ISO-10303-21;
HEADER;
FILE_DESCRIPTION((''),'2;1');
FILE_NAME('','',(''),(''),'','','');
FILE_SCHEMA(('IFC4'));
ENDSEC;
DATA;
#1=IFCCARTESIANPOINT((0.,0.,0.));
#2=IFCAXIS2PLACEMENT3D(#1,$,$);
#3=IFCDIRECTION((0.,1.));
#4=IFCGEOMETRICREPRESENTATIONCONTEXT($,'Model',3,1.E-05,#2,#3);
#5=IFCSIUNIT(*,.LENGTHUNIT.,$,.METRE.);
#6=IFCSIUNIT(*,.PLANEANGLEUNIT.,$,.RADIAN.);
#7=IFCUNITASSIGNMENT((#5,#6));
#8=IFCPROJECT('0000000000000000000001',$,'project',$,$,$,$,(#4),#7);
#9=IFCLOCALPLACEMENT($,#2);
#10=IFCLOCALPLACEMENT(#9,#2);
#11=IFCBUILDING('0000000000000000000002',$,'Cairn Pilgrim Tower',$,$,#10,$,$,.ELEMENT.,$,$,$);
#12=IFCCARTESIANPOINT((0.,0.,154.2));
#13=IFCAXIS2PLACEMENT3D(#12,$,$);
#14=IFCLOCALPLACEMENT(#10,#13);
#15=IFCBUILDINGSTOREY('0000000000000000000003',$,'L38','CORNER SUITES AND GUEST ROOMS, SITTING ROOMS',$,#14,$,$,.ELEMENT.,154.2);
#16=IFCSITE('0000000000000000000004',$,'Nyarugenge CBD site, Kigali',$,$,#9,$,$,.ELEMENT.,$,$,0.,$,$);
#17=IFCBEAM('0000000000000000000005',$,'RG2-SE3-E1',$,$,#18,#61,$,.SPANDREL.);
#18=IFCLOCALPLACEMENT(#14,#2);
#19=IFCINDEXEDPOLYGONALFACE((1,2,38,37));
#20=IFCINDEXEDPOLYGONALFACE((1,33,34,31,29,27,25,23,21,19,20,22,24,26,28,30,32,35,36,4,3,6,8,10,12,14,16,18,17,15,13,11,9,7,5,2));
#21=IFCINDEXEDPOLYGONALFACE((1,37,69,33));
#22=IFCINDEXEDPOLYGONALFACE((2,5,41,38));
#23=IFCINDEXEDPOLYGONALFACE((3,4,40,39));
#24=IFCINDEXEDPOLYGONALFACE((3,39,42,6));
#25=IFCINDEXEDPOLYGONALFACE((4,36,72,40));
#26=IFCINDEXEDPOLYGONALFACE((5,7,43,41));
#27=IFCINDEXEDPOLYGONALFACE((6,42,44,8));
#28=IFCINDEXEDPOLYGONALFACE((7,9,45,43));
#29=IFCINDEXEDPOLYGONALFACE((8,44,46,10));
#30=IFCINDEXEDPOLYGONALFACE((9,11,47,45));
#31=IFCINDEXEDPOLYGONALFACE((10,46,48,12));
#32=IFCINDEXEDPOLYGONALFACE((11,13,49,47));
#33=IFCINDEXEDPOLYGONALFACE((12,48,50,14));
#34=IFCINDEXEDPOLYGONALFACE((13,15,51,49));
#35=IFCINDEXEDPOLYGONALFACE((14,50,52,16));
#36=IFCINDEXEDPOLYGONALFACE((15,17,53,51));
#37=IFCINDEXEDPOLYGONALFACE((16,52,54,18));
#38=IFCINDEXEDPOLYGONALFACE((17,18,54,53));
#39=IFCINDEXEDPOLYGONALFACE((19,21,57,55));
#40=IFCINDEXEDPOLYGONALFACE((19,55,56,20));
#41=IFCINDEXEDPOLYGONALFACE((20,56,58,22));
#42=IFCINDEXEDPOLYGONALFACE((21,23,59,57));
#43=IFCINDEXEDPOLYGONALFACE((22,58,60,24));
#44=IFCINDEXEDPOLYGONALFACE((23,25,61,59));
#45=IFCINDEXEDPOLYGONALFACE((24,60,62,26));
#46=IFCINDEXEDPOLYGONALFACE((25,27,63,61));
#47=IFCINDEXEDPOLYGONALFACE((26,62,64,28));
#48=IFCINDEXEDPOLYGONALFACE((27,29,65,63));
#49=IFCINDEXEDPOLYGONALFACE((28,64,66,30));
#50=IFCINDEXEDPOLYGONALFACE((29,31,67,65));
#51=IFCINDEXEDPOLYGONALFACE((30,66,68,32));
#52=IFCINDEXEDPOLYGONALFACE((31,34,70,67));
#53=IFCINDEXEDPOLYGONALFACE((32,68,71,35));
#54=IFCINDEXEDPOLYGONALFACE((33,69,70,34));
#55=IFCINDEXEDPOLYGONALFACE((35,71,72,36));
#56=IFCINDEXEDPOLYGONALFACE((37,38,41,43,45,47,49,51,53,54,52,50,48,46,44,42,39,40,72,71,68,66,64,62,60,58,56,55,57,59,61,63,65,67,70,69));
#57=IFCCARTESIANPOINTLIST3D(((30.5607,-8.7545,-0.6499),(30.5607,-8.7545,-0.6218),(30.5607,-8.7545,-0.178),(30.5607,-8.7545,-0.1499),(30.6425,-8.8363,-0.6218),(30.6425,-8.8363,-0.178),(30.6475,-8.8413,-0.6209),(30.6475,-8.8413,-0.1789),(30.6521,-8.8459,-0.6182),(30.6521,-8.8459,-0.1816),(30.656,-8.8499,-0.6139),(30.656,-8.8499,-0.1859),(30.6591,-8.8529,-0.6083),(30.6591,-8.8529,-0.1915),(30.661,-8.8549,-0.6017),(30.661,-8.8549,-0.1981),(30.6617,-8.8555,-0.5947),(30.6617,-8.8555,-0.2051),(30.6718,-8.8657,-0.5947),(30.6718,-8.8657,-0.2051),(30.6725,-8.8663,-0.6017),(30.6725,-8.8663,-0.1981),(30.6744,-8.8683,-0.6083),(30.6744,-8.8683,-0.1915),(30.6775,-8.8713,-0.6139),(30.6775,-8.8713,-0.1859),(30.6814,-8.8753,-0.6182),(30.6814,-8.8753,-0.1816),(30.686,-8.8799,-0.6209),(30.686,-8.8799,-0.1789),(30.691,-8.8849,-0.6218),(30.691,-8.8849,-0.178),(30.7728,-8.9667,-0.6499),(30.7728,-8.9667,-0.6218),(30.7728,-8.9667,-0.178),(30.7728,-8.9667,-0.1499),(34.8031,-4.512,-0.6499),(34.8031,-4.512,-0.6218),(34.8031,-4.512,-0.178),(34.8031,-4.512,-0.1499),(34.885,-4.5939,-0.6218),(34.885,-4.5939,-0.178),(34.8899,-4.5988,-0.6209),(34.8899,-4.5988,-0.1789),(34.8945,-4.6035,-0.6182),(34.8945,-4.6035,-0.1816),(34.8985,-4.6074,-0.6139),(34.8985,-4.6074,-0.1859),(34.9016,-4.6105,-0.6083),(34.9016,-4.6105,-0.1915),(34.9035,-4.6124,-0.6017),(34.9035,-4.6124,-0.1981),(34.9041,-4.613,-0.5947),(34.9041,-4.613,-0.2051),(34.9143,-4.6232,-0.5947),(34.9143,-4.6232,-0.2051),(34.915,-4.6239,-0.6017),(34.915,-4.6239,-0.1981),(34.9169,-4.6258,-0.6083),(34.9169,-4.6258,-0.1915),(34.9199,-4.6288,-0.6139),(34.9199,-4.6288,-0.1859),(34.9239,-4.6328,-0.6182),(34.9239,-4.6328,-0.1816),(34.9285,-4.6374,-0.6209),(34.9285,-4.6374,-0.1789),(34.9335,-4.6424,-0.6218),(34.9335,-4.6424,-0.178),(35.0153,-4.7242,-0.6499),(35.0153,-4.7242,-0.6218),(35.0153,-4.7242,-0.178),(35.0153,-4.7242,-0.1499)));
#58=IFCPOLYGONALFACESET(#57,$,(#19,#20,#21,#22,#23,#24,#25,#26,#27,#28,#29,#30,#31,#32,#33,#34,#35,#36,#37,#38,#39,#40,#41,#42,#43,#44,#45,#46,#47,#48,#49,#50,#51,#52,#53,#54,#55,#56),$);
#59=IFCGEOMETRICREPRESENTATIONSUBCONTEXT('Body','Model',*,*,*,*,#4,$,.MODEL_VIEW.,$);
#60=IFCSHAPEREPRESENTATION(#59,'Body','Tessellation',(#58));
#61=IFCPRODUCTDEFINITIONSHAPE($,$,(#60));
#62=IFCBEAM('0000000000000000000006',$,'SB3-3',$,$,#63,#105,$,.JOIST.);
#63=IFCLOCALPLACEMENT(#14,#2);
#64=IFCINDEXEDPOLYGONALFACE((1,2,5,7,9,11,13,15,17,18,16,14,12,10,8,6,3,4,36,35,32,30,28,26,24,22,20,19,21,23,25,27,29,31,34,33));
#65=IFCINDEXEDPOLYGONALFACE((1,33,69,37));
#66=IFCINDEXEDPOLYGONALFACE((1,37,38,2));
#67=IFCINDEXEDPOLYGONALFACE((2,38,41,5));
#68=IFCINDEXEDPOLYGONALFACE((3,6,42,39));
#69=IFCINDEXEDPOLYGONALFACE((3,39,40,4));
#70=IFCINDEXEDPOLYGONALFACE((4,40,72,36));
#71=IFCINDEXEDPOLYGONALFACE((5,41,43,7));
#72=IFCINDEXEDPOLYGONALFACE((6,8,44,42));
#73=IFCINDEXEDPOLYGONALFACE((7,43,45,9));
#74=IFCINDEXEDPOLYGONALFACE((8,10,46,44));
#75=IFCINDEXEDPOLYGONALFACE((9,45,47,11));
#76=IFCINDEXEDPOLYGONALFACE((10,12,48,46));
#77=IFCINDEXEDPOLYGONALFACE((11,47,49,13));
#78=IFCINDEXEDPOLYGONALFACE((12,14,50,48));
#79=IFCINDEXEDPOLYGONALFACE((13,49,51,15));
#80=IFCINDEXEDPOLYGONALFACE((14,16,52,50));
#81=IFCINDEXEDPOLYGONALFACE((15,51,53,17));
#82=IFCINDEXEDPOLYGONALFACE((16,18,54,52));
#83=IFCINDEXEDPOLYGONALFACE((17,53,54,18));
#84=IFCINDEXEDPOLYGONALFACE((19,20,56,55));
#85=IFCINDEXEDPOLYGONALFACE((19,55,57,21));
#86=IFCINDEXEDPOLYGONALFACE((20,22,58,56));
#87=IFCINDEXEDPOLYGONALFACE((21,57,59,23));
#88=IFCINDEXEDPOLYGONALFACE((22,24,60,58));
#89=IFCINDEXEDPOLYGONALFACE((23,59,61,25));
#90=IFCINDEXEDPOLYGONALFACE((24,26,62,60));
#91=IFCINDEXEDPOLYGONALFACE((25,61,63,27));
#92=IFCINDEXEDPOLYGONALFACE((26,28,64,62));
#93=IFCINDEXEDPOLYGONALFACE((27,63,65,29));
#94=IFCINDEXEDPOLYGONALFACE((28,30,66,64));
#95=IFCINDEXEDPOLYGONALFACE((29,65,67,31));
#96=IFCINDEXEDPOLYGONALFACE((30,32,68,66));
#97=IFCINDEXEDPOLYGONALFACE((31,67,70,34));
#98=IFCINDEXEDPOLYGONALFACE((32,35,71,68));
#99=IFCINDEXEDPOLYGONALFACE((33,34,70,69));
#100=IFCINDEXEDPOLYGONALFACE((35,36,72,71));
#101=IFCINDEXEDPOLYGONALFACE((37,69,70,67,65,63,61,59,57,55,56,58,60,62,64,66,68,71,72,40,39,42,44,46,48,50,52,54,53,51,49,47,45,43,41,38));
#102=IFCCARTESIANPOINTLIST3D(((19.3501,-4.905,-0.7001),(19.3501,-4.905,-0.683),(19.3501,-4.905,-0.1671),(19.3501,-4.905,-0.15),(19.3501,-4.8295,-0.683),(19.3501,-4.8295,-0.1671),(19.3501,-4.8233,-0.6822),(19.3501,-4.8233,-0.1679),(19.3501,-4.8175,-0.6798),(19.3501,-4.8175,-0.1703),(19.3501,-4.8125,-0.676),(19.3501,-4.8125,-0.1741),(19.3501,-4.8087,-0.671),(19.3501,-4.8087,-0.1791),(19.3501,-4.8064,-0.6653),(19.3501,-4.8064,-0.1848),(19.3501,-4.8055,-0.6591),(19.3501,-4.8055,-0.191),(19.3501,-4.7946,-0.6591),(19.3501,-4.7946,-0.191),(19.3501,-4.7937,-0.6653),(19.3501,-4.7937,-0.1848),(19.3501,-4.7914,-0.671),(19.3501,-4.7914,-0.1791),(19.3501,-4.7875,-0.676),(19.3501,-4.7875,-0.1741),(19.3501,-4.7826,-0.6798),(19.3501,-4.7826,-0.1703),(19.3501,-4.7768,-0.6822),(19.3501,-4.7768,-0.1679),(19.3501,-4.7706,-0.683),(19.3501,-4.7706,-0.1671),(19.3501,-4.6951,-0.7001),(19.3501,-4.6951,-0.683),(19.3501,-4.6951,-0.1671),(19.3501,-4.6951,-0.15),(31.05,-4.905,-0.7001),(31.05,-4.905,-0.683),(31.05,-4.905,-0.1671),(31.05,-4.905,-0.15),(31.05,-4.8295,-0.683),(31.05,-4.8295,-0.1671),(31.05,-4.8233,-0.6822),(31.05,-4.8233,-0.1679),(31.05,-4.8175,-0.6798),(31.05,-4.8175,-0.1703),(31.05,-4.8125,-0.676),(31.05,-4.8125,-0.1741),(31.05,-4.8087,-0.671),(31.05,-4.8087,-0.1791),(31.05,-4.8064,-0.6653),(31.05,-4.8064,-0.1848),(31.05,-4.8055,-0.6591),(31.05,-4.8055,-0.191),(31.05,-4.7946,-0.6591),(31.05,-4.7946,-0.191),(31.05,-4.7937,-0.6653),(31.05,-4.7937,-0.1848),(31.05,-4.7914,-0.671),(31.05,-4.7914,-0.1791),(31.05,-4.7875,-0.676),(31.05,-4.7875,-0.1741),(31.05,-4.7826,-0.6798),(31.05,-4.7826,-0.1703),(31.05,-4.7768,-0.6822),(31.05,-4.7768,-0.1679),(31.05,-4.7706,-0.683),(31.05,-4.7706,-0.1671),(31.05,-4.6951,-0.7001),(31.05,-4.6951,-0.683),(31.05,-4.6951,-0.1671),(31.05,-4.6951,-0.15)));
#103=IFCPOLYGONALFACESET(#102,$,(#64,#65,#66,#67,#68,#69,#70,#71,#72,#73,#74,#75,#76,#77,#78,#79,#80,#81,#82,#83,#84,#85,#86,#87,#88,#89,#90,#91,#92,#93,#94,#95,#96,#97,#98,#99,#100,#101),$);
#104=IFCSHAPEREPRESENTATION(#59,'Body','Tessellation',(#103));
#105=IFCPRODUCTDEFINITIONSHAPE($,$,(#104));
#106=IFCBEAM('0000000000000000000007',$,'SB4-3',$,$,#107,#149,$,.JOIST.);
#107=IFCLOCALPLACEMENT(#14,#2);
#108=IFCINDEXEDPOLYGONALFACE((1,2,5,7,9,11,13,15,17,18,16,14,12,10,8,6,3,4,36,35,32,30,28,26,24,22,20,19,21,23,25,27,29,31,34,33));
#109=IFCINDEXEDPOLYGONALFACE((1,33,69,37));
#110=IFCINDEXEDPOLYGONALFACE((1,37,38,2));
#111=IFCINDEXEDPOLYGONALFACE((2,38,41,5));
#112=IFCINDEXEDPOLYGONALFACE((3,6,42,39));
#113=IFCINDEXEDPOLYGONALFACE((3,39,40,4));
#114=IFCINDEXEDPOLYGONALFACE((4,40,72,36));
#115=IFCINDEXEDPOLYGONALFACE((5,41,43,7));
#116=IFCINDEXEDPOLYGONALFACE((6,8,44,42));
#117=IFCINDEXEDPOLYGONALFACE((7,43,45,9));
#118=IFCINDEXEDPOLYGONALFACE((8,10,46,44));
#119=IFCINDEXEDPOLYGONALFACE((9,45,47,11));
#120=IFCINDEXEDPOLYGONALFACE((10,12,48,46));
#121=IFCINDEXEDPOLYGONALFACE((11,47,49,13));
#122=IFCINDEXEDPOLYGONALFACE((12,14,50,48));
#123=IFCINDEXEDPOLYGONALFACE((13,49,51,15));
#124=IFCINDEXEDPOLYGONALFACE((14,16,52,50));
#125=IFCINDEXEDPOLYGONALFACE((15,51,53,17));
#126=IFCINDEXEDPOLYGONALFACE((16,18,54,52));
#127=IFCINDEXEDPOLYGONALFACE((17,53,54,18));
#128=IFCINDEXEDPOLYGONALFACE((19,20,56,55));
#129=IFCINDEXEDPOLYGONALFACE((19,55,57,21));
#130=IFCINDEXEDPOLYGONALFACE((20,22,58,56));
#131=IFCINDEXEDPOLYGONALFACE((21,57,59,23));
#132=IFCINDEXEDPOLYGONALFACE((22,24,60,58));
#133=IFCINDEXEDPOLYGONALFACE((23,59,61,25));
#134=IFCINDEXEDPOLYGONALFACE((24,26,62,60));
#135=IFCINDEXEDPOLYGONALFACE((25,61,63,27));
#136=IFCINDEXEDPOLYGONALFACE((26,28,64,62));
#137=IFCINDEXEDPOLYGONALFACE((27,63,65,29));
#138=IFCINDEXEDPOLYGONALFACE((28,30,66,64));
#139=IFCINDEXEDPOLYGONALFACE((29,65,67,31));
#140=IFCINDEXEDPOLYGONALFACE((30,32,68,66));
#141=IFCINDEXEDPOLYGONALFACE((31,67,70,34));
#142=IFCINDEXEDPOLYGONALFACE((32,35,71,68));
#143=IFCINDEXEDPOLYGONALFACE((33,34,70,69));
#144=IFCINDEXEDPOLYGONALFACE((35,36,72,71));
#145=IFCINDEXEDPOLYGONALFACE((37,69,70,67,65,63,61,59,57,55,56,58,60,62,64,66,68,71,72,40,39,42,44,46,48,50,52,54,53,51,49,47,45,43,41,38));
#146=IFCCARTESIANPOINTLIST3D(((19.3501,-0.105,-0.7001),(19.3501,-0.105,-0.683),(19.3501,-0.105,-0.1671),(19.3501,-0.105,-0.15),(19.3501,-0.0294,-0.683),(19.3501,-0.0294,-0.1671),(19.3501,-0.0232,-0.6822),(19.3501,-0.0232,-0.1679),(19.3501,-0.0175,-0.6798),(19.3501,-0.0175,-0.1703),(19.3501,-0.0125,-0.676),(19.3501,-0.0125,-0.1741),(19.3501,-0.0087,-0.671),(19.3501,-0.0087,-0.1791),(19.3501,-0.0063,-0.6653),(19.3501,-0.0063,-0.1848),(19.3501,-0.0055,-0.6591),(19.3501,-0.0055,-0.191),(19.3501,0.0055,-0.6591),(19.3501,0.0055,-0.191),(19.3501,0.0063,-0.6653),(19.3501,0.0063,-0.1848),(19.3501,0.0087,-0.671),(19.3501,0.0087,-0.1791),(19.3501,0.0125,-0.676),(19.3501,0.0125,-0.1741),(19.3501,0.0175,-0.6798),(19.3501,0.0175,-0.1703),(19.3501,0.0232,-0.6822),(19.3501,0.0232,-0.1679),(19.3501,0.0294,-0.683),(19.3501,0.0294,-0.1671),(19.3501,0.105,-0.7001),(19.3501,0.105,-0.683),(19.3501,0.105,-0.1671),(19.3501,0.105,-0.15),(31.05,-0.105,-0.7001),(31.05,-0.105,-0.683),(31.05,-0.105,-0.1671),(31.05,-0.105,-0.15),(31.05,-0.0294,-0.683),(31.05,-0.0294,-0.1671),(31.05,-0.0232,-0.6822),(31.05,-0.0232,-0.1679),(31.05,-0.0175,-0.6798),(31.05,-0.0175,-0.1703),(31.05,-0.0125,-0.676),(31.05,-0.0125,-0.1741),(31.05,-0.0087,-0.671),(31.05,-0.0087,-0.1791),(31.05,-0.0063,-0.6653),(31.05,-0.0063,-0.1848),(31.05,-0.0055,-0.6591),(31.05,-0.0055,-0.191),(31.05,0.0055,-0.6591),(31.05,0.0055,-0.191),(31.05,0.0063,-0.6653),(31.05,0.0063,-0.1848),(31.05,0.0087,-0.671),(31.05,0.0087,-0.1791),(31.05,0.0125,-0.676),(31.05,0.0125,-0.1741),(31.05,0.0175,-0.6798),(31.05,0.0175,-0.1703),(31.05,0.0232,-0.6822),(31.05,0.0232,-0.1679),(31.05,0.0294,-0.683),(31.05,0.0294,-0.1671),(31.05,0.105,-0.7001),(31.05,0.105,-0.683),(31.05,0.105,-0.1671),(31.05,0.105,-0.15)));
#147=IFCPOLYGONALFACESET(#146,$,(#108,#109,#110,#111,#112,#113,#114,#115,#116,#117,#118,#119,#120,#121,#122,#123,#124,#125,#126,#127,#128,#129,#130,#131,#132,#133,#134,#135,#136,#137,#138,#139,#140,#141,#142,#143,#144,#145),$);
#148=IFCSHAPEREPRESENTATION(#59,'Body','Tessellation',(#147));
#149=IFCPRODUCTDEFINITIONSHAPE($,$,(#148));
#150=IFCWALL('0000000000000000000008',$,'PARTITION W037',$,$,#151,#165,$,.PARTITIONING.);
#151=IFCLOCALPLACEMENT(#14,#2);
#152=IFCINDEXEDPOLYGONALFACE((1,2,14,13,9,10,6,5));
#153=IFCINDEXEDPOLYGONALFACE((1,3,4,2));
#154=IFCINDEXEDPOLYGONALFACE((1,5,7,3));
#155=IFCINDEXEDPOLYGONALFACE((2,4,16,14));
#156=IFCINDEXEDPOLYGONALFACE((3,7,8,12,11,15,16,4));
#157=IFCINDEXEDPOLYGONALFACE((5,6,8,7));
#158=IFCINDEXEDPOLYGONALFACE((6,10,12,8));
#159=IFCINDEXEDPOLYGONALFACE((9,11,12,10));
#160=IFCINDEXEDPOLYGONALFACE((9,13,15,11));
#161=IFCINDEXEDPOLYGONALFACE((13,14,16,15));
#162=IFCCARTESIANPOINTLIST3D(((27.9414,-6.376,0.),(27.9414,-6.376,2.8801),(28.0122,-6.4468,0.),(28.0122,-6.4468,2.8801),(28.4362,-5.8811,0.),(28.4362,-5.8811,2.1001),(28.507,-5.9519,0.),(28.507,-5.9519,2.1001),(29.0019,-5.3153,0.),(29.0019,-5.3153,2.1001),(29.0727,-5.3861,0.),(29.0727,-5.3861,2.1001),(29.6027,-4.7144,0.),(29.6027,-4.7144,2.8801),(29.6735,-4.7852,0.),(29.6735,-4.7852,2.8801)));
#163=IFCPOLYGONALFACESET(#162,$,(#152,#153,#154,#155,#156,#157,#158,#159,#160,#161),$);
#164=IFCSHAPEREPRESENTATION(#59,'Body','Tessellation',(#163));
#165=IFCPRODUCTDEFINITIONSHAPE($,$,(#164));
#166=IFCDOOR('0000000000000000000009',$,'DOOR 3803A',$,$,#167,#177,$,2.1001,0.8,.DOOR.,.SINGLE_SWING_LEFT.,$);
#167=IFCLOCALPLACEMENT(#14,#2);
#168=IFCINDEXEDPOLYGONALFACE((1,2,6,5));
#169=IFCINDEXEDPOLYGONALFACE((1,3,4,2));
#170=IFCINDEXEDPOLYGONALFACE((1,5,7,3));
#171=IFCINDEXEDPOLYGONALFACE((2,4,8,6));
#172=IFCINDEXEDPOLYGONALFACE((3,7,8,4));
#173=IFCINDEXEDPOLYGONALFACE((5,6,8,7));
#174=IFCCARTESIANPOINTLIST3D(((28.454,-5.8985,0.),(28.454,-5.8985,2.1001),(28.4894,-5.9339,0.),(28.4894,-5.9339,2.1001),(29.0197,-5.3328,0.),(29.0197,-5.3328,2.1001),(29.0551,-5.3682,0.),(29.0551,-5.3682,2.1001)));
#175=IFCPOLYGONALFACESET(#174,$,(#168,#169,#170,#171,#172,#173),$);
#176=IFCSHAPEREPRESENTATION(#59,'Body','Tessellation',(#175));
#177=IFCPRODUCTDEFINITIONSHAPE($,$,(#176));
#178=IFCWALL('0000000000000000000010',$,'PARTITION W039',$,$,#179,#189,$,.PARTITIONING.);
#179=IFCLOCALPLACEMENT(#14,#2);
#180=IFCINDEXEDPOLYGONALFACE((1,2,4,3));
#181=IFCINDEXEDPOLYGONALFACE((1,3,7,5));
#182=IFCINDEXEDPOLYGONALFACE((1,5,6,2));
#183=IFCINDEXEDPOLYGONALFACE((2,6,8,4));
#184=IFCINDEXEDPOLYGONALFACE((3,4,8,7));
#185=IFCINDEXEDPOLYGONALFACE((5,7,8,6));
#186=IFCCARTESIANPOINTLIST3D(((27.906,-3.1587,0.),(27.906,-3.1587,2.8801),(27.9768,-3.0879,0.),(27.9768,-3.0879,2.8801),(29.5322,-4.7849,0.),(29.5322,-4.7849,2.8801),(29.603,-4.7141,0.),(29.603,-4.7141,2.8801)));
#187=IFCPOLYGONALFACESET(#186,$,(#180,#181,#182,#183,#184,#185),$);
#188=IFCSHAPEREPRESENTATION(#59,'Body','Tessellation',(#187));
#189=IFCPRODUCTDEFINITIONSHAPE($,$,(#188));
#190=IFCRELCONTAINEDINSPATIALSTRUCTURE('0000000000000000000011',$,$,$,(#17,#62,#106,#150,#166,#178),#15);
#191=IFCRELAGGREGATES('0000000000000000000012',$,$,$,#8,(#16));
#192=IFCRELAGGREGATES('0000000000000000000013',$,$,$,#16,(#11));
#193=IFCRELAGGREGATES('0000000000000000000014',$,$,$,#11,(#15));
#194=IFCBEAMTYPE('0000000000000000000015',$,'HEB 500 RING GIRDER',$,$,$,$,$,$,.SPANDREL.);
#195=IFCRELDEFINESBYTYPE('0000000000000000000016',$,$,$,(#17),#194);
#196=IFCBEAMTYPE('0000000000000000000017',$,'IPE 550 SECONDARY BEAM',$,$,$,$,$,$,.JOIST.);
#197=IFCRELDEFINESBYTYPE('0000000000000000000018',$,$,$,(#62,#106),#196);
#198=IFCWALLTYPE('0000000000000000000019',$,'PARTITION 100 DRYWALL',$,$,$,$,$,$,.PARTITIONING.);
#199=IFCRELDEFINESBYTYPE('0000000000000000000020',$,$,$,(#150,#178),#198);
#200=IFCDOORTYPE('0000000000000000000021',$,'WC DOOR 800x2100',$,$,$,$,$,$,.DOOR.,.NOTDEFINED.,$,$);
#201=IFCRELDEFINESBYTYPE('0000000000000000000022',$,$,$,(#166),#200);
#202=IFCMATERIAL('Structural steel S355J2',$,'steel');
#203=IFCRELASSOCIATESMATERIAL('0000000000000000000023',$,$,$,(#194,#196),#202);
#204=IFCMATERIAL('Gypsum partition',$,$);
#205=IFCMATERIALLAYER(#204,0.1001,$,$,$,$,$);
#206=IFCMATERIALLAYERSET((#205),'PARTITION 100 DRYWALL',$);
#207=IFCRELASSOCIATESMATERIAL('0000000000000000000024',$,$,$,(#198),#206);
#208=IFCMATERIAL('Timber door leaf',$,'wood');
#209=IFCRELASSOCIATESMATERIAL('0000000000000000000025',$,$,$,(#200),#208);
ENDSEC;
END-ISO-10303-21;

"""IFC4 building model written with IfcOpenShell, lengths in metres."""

from ifc_helpers import new_model, si_unit, direction, frame, frame_2d, origin, origin_2d, place, context, subcontext, project, spatial, rectangle, i_section, extrude, material, layer, layer_set, material_profile, profile_set, type_object, element, fill, save


model = new_model("IFC4")

# Units and contexts
model_context = context("Model", 3, precision=1e-05, world=origin(), true_north=direction((0.0, 1.0)))
body_context = subcontext(model_context, "Body", "Model", "MODEL_VIEW")
ifc_project = project(units=[si_unit("LENGTHUNIT", "METRE"), si_unit("PLANEANGLEUNIT", "RADIAN")], contexts=[model_context])

# Site, building, storey
site_placement = place(None, origin())
site = spatial("IfcSite", under=ifc_project, at=site_placement, Name="Nyarugenge CBD site, Kigali", CompositionType="ELEMENT", RefElevation=0.0)
building_placement = place(site_placement, origin())
building = spatial("IfcBuilding", under=site, at=building_placement, Name="Cairn Pilgrim Tower", CompositionType="ELEMENT")
storey_placement = place(building_placement, frame((0.0, 0.0, 154.2)))
storey = spatial("IfcBuildingStorey", under=building, at=storey_placement, Name="L38", Description="CORNER SUITES AND GUEST ROOMS, SITTING ROOMS", CompositionType="ELEMENT", Elevation=154.2)

# Beams
ifc_material_1 = material(Name="Structural steel S355J2", Category="steel")
ifc_material_profile_1 = material_profile(ifc_material_1, i_section(OverallWidth=0.3, OverallDepth=0.5, WebThickness=0.0144, FlangeThickness=0.0281, FilletRadius=0.0271, at=origin_2d()), Name="HEB 500")
ifc_profile_set_1 = profile_set([ifc_material_profile_1], Name="Structural steel S355J2")
beam_type_1 = type_object("IfcBeamType", Name="HEB 500 RING GIRDER", PredefinedType="SPANDREL", material=ifc_profile_set_1)
beam_placement = place(storey_placement, frame((30.6667, -8.8606, -0.3999), z_axis=(0.707107, 0.707107, 0.0), x_axis=(-0.707107, 0.707107, 0.0)))
element("IfcBeam", 1, at=beam_placement, inside=storey, type_object=beam_type_1, Name="RG2-SE3-E1", PredefinedType="SPANDREL", context=body_context, shape_type="SweptSolid", body=[
    extrude(i_section(OverallWidth=0.3, OverallDepth=0.5, WebThickness=0.0144, FlangeThickness=0.0281, FilletRadius=0.0271, at=origin_2d()), origin(), (0.0, 0.0, 1.0), 5.9998),
])
ifc_material_profile_2 = material_profile(ifc_material_1, i_section(OverallWidth=0.21, OverallDepth=0.55, WebThickness=0.011, FlangeThickness=0.0171, FilletRadius=0.0239, at=origin_2d()), Name="IPE 550")
ifc_profile_set_2 = profile_set([ifc_material_profile_2], Name="Structural steel S355J2")
beam_type_2 = type_object("IfcBeamType", Name="IPE 550 SECONDARY BEAM", PredefinedType="JOIST", material=ifc_profile_set_2)
for number, where, z_axis, x_axis, name in (
    (2, (19.3501, -4.8, -0.425), (1.0, 0.0, 0.0), (0.0, 1.0, 0.0), "SB3-3"),
    (3, (19.3501, 0.0, -0.425), (1.0, 0.0, 0.0), (0.0, 1.0, 0.0), "SB4-3"),
):
    element("IfcBeam", number, at=place(storey_placement, frame(where, z_axis=z_axis, x_axis=x_axis)), inside=storey, type_object=beam_type_2, Name=name, PredefinedType="JOIST", context=body_context, shape_type="SweptSolid", body=[
        extrude(i_section(OverallWidth=0.21, OverallDepth=0.55, WebThickness=0.011, FlangeThickness=0.0171, FilletRadius=0.0239, at=origin_2d()), origin(), (0.0, 0.0, 1.0), 11.7),
    ])

# Wall, opening, door
ifc_material_2 = material(Name="Gypsum partition")
ifc_layer_1 = layer(ifc_material_2, 0.1001)
ifc_layer_set_1 = layer_set([ifc_layer_1], Name="PARTITION 100 DRYWALL")
wall_type_1 = type_object("IfcWallType", Name="PARTITION 100 DRYWALL", PredefinedType="PARTITIONING", material=ifc_layer_set_1)
wall_1_placement = place(storey_placement, frame((27.9768, -6.4114, 0.0), z_axis=(0.0, 0.0, 1.0), x_axis=(0.707055, 0.707159, 0.0)))
wall_1 = element("IfcWall", 4, at=wall_1_placement, inside=storey, type_object=wall_type_1, Name="PARTITION W037", PredefinedType="PARTITIONING", context=body_context, shape_type="SweptSolid", body=[
    extrude(rectangle(XDim=2.3496, YDim=0.1001, at=frame_2d((1.1748, 0.0))), origin(), (0.0, 0.0, 1.0), 2.8801),
])
opening_1_placement = place(wall_1_placement, frame((0.7, 0.0, 0.0)))
opening_1 = element("IfcOpeningElement", 5, at=opening_1_placement, cuts=wall_1, PredefinedType="OPENING", context=body_context, shape_type="SweptSolid", body=[
    extrude(rectangle(XDim=0.8, YDim=2.1001, at=frame_2d((0.3999, 1.05))), frame((0.0, 0.0601, 0.0), z_axis=(0.0, -1.0, 0.0), x_axis=(1.0, 0.0, 0.0)), (0.0, 0.0, 1.0), 0.1201),
])
ifc_material_3 = material(Name="Timber door leaf", Category="wood")
door_type_1 = type_object("IfcDoorType", Name="WC DOOR 800x2100", OperationType="NOTDEFINED", PredefinedType="DOOR", material=ifc_material_3)
door_1_placement = place(opening_1_placement, frame((0.8, 0.0, 0.0), z_axis=(0.0, 0.0, 1.0), x_axis=(-1.0, 0.0, 0.0)))
door_1 = element("IfcDoor", 6, at=door_1_placement, inside=storey, type_object=door_type_1, Name="DOOR 3803A", OperationType="SINGLE_SWING_LEFT", OverallHeight=2.1001, OverallWidth=0.8, PredefinedType="DOOR", context=body_context, shape_type="SweptSolid", body=[
    extrude(rectangle(XDim=0.8, YDim=2.1001, at=frame_2d((0.3999, 1.05))), frame((0.0, 0.0249, 0.0), z_axis=(0.0, -1.0, 0.0), x_axis=(1.0, 0.0, 0.0)), (0.0, 0.0, 1.0), 0.05),
])
fill(opening_1, door_1)

# Wall
wall_2_placement = place(storey_placement, frame((29.5676, -4.7495, 0.0), z_axis=(0.0, 0.0, 1.0), x_axis=(-0.707107, 0.707107, 0.0)))
element("IfcWall", 7, at=wall_2_placement, inside=storey, type_object=wall_type_1, Name="PARTITION W039", PredefinedType="PARTITIONING", context=body_context, shape_type="SweptSolid", body=[
    extrude(rectangle(XDim=2.2998, YDim=0.1001, at=frame_2d((1.1499, 0.0))), origin(), (0.0, 0.0, 1.0), 2.8801),
])

save(model, "model.ifc")
